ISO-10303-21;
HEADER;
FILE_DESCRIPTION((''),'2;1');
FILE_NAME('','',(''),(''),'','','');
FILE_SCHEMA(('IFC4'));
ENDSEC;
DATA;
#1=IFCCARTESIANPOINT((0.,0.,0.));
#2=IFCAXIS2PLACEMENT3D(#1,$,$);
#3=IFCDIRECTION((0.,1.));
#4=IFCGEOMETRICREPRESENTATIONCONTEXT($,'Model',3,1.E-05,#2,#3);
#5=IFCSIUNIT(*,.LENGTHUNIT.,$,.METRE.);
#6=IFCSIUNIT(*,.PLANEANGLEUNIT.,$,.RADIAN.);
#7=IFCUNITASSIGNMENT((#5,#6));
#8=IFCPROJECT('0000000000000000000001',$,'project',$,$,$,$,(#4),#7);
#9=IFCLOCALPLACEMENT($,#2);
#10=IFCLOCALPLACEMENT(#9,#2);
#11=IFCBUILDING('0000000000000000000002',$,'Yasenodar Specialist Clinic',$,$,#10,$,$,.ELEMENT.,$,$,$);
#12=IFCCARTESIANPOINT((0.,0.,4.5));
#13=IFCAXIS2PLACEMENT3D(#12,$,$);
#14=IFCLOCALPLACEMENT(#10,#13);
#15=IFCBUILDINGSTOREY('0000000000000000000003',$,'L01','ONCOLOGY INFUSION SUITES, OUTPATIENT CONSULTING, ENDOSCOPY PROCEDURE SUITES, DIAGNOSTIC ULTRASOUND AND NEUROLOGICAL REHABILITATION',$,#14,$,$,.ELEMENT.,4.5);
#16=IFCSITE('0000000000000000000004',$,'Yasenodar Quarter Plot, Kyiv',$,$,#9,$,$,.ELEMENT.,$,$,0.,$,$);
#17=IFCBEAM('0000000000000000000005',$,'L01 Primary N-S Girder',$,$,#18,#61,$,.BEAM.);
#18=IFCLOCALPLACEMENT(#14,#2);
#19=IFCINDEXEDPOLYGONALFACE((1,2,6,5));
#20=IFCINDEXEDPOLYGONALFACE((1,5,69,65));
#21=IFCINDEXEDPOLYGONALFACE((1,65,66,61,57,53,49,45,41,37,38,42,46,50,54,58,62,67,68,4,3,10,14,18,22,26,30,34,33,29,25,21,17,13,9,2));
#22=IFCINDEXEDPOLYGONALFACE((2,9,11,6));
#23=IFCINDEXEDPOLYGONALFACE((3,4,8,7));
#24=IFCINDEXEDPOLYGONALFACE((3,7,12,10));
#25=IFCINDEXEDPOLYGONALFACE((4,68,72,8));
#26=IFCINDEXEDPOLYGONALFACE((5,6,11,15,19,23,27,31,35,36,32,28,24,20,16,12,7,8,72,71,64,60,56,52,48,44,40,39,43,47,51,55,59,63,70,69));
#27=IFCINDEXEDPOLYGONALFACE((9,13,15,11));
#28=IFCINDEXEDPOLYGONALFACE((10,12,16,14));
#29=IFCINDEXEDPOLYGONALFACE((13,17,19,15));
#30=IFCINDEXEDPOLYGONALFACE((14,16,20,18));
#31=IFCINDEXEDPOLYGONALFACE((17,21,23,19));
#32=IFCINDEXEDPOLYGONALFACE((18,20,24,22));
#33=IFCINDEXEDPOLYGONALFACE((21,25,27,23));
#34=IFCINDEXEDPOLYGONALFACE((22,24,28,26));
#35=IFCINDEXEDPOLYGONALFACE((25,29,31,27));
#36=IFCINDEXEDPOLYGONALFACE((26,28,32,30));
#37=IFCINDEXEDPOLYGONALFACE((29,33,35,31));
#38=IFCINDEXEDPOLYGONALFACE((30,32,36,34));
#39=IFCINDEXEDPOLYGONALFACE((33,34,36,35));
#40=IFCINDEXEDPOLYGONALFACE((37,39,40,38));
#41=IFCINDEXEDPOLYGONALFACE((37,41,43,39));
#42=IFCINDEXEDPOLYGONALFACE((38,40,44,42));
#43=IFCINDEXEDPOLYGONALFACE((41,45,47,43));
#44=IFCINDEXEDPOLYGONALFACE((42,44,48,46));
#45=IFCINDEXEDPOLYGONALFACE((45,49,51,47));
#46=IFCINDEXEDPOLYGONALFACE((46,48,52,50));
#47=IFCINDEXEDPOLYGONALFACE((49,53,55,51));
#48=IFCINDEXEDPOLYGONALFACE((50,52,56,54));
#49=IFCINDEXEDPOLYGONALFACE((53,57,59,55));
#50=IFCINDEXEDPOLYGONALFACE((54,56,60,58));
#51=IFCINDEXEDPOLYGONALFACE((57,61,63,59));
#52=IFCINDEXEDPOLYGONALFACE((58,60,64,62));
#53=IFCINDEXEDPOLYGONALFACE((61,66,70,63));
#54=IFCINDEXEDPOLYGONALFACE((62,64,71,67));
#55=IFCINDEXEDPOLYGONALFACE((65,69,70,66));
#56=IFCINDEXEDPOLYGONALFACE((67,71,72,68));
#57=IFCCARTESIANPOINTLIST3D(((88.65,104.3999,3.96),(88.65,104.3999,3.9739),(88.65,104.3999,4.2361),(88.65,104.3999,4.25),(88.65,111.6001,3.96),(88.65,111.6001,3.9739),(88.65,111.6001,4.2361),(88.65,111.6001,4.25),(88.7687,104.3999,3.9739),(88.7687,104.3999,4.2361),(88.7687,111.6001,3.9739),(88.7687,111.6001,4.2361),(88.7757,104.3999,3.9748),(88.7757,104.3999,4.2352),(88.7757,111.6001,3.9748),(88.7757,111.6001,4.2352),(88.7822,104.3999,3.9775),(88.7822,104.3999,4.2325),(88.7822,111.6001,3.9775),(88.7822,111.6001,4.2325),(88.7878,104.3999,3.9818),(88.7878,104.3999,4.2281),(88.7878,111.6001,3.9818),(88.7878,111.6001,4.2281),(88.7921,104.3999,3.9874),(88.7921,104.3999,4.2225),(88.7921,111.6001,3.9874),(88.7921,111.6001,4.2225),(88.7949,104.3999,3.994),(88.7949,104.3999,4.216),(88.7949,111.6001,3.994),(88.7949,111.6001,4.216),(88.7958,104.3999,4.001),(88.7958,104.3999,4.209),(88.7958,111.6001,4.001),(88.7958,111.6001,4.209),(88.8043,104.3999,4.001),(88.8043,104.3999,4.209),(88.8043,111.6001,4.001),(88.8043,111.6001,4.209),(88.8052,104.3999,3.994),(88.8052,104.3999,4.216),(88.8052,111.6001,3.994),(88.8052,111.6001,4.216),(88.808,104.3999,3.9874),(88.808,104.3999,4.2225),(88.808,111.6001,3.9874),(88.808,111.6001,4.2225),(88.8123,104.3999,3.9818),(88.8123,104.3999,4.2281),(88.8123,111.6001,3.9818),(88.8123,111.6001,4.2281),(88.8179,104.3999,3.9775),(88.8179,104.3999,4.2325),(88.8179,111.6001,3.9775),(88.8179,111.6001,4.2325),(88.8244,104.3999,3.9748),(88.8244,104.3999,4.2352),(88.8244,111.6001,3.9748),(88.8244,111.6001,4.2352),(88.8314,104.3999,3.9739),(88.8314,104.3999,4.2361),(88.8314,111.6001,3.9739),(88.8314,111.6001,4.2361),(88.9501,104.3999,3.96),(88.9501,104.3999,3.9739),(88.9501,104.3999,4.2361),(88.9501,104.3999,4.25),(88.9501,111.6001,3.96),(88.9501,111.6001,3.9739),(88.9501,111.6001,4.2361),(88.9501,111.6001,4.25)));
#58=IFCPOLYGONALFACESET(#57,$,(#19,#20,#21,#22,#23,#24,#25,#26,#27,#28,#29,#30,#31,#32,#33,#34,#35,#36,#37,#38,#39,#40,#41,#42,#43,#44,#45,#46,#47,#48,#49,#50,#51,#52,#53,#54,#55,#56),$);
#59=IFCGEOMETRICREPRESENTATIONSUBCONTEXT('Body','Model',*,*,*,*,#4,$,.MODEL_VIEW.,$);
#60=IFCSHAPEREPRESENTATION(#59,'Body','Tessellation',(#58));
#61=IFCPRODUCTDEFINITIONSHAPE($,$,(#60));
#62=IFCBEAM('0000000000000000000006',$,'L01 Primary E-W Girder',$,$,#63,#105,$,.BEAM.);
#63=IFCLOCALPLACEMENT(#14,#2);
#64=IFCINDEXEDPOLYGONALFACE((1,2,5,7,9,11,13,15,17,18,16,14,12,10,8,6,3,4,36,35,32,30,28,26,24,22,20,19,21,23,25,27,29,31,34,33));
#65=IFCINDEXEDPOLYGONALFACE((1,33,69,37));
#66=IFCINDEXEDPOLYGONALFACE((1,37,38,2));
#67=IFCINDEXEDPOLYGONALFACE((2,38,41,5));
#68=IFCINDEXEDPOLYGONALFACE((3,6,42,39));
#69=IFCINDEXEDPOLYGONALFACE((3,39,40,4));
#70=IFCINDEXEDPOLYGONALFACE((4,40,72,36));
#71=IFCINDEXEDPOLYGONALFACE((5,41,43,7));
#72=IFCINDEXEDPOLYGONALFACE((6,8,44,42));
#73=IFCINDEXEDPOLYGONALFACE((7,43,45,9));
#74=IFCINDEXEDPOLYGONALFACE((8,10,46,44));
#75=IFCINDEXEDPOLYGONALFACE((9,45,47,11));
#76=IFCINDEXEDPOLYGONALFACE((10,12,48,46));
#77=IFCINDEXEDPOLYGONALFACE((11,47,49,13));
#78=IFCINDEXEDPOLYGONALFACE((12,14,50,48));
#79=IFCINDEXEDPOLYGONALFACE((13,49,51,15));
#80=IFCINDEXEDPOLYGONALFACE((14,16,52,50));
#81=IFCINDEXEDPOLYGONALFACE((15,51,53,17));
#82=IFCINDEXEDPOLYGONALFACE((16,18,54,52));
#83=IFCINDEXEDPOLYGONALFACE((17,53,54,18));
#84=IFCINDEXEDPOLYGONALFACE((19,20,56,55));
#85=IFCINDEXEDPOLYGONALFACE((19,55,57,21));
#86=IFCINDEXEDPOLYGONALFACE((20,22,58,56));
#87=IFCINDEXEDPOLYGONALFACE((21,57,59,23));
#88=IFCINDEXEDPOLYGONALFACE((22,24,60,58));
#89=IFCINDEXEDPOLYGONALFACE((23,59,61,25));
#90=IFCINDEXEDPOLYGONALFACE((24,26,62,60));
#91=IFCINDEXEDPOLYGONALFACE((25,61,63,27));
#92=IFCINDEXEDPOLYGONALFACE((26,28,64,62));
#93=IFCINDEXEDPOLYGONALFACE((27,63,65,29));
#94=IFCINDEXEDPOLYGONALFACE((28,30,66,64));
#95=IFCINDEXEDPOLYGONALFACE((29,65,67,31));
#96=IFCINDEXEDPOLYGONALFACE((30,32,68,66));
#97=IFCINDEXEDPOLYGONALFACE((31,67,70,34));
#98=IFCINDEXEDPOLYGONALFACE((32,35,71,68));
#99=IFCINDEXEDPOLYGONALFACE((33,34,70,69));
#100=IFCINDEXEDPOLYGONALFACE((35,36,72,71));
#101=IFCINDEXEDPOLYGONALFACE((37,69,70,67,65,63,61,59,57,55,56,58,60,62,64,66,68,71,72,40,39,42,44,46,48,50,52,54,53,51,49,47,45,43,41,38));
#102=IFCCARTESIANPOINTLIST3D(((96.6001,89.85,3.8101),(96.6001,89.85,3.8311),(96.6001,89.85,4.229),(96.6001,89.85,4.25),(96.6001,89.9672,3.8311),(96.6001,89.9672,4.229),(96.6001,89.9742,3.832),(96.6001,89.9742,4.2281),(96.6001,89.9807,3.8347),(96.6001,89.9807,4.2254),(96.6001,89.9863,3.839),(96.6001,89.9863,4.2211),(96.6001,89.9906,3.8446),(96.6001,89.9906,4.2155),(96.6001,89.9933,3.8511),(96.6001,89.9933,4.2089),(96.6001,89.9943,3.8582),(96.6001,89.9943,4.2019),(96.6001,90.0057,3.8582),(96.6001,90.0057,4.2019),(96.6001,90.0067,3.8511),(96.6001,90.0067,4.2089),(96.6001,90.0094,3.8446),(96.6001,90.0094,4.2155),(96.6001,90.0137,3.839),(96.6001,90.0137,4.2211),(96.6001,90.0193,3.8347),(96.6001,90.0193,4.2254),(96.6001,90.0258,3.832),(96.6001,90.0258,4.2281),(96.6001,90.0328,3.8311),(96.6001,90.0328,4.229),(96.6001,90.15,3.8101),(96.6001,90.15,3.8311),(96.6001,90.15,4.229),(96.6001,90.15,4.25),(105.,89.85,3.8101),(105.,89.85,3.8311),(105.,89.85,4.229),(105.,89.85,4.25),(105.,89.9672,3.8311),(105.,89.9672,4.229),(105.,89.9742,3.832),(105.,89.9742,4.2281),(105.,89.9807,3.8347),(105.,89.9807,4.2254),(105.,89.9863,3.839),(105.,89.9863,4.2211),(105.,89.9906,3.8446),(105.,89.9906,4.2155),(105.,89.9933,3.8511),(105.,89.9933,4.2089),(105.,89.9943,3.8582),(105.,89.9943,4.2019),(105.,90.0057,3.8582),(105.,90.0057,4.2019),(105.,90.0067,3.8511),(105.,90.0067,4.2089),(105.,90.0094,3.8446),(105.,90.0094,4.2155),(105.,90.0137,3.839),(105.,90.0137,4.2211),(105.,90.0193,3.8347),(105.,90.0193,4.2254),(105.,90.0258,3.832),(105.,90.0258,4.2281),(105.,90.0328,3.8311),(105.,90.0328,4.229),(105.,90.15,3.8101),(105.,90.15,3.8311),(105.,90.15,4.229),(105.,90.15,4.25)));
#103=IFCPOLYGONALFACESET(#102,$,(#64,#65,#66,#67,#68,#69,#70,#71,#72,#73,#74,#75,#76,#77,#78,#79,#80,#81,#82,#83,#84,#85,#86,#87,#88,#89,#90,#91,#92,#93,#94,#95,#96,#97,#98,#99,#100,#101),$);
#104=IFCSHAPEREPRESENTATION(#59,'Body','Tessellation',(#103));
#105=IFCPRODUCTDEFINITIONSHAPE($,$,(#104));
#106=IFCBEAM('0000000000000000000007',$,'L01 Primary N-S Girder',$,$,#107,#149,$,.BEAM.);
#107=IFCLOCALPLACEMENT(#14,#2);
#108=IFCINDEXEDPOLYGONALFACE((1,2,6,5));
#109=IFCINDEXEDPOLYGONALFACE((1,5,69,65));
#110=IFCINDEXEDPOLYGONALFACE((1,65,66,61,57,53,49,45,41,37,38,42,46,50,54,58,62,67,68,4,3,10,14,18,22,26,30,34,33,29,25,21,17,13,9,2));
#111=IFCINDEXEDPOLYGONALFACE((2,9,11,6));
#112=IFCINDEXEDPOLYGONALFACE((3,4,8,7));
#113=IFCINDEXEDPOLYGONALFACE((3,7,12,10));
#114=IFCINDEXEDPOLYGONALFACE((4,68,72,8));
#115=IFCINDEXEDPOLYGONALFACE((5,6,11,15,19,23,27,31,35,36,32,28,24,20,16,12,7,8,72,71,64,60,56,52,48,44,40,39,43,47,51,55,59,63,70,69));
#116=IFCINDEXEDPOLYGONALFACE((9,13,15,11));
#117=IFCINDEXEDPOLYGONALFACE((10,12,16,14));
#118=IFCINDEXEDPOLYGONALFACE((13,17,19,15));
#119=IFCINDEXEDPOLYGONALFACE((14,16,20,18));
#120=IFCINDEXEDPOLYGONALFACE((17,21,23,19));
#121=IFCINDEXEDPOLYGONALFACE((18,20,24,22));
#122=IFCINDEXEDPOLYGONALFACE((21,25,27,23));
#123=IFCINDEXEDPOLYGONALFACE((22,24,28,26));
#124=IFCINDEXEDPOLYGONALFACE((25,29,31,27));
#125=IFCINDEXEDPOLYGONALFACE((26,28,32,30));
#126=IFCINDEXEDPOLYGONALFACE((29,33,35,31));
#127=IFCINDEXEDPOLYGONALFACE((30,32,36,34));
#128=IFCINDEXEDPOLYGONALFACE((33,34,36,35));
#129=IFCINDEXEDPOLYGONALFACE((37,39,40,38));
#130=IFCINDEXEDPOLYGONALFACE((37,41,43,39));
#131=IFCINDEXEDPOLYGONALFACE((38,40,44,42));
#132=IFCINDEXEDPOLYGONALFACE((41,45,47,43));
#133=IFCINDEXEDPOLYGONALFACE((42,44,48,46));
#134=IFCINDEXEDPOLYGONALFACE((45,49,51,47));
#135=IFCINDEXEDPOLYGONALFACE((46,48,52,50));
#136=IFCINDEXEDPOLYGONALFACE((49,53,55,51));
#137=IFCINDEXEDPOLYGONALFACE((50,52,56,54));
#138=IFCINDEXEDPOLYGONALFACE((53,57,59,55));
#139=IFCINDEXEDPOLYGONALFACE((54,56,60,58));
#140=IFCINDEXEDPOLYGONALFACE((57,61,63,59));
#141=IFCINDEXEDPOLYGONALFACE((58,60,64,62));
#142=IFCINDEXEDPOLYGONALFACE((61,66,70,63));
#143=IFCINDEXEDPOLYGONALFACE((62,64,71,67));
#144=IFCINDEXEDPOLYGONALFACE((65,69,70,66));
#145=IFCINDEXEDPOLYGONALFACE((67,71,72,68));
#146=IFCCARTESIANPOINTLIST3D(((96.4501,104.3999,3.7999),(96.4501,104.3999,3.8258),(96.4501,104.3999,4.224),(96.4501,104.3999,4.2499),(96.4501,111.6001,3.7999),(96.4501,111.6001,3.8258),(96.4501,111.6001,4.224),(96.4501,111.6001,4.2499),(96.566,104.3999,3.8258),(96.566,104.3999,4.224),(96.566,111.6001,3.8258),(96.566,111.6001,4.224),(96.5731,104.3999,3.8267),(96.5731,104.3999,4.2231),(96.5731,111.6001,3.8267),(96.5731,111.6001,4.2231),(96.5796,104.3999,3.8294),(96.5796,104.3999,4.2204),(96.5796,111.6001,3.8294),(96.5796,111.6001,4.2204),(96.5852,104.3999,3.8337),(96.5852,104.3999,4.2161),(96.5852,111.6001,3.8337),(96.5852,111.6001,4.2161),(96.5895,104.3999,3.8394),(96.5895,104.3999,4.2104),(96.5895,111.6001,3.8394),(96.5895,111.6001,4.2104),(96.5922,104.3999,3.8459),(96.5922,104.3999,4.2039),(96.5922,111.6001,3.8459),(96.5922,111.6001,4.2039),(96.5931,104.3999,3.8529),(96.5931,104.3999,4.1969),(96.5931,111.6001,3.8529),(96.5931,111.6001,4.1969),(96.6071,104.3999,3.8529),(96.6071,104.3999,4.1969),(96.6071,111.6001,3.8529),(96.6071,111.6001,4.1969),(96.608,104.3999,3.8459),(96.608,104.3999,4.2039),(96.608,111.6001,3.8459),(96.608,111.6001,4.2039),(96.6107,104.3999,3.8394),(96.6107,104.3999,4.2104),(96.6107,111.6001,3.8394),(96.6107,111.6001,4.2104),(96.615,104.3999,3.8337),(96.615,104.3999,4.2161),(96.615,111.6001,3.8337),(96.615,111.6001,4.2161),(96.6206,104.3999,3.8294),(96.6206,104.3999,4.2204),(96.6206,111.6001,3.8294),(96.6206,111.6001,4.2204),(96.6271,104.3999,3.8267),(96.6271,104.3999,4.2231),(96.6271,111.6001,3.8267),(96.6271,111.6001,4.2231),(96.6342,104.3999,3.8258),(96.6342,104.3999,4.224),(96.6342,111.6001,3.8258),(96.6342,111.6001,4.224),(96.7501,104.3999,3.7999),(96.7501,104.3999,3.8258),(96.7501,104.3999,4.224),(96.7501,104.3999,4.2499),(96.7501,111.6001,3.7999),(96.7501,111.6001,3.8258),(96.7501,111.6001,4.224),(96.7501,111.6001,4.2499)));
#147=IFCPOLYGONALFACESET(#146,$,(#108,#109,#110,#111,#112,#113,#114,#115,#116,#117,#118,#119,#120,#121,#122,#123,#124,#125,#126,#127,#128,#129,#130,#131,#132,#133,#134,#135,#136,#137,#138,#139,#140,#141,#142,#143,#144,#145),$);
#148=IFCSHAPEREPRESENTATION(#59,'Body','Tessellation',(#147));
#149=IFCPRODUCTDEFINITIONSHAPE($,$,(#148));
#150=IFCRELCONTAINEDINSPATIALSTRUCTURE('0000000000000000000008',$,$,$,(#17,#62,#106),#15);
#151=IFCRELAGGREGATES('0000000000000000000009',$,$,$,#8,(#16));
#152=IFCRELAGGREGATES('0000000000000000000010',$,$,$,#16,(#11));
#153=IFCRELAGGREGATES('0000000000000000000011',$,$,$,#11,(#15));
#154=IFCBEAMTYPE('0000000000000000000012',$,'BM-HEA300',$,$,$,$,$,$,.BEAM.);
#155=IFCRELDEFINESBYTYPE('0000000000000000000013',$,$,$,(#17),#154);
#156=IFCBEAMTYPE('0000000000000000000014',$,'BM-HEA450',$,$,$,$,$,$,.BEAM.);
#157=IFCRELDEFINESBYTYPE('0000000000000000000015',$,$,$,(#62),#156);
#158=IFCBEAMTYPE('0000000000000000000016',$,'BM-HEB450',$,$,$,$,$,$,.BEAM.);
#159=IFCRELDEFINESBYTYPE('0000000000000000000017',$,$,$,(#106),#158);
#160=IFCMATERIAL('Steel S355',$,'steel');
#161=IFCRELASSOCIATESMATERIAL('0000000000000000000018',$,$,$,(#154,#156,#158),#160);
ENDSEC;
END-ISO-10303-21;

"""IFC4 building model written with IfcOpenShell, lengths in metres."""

from ifc_helpers import new_model, si_unit, direction, frame, origin, origin_2d, place, context, subcontext, project, spatial, i_section, extrude, material, material_profile, profile_set, type_object, element, save


model = new_model("IFC4")

# Units and contexts
model_context = context("Model", 3, precision=1e-05, world=origin(), true_north=direction((0.0, 1.0)))
body_context = subcontext(model_context, "Body", "Model", "MODEL_VIEW")
ifc_project = project(units=[si_unit("LENGTHUNIT", "METRE"), si_unit("PLANEANGLEUNIT", "RADIAN")], contexts=[model_context])

# Site, building, storey
site_placement = place(None, origin())
site = spatial("IfcSite", under=ifc_project, at=site_placement, Name="Yasenodar Quarter Plot, Kyiv", CompositionType="ELEMENT", RefElevation=0.0)
building_placement = place(site_placement, origin())
building = spatial("IfcBuilding", under=site, at=building_placement, Name="Yasenodar Specialist Clinic", CompositionType="ELEMENT")
storey_placement = place(building_placement, frame((0.0, 0.0, 4.5)))
storey = spatial("IfcBuildingStorey", under=building, at=storey_placement, Name="L01", Description="ONCOLOGY INFUSION SUITES, OUTPATIENT CONSULTING, ENDOSCOPY PROCEDURE SUITES, DIAGNOSTIC ULTRASOUND AND NEUROLOGICAL REHABILITATION", CompositionType="ELEMENT", Elevation=4.5)

# Shared definitions
ifc_material_1 = material(Name="Steel S355", Category="steel")

# Beams
ifc_material_profile_1 = material_profile(ifc_material_1, i_section(OverallWidth=0.3, OverallDepth=0.29, WebThickness=0.0085, FlangeThickness=0.0139, FilletRadius=0.0271, at=origin_2d()), Name="HEA 300")
ifc_profile_set_1 = profile_set([ifc_material_profile_1], Name="Steel S355")
beam_type_1 = type_object("IfcBeamType", Name="BM-HEA300", PredefinedType="BEAM", material=ifc_profile_set_1)
beam_1_placement = place(storey_placement, frame((88.8, 104.3999, 4.105), z_axis=(0.0, 1.0, 0.0), x_axis=(-1.0, 0.0, 0.0)))
element("IfcBeam", 1, at=beam_1_placement, inside=storey, type_object=beam_type_1, Name="L01 Primary N-S Girder", PredefinedType="BEAM", context=body_context, shape_type="SweptSolid", body=[
    extrude(i_section(OverallWidth=0.3, OverallDepth=0.29, WebThickness=0.0085, FlangeThickness=0.0139, FilletRadius=0.0271, at=origin_2d()), origin(), (0.0, 0.0, 1.0), 7.2002),
])
ifc_material_profile_2 = material_profile(ifc_material_1, i_section(OverallWidth=0.3, OverallDepth=0.4399, WebThickness=0.0115, FlangeThickness=0.021, FilletRadius=0.0271, at=origin_2d()), Name="HEA 450")
ifc_profile_set_2 = profile_set([ifc_material_profile_2], Name="Steel S355")
beam_type_2 = type_object("IfcBeamType", Name="BM-HEA450", PredefinedType="BEAM", material=ifc_profile_set_2)
beam_2_placement = place(storey_placement, frame((96.6001, 90.0, 4.03), z_axis=(1.0, 0.0, 0.0), x_axis=(0.0, 1.0, 0.0)))
element("IfcBeam", 2, at=beam_2_placement, inside=storey, type_object=beam_type_2, Name="L01 Primary E-W Girder", PredefinedType="BEAM", context=body_context, shape_type="SweptSolid", body=[
    extrude(i_section(OverallWidth=0.3, OverallDepth=0.4399, WebThickness=0.0115, FlangeThickness=0.021, FilletRadius=0.0271, at=origin_2d()), origin(), (0.0, 0.0, 1.0), 8.3999),
])
ifc_material_profile_3 = material_profile(ifc_material_1, i_section(OverallWidth=0.3, OverallDepth=0.45, WebThickness=0.0139, FlangeThickness=0.0259, FilletRadius=0.0271, at=origin_2d()), Name="HEB 450")
ifc_profile_set_3 = profile_set([ifc_material_profile_3], Name="Steel S355")
beam_type_3 = type_object("IfcBeamType", Name="BM-HEB450", PredefinedType="BEAM", material=ifc_profile_set_3)
beam_3_placement = place(storey_placement, frame((96.6001, 104.3999, 4.0249), z_axis=(0.0, 1.0, 0.0), x_axis=(-1.0, 0.0, 0.0)))
element("IfcBeam", 3, at=beam_3_placement, inside=storey, type_object=beam_type_3, Name="L01 Primary N-S Girder", PredefinedType="BEAM", context=body_context, shape_type="SweptSolid", body=[
    extrude(i_section(OverallWidth=0.3, OverallDepth=0.45, WebThickness=0.0139, FlangeThickness=0.0259, FilletRadius=0.0271, at=origin_2d()), origin(), (0.0, 0.0, 1.0), 7.2002),
])

save(model, "model.ifc")
